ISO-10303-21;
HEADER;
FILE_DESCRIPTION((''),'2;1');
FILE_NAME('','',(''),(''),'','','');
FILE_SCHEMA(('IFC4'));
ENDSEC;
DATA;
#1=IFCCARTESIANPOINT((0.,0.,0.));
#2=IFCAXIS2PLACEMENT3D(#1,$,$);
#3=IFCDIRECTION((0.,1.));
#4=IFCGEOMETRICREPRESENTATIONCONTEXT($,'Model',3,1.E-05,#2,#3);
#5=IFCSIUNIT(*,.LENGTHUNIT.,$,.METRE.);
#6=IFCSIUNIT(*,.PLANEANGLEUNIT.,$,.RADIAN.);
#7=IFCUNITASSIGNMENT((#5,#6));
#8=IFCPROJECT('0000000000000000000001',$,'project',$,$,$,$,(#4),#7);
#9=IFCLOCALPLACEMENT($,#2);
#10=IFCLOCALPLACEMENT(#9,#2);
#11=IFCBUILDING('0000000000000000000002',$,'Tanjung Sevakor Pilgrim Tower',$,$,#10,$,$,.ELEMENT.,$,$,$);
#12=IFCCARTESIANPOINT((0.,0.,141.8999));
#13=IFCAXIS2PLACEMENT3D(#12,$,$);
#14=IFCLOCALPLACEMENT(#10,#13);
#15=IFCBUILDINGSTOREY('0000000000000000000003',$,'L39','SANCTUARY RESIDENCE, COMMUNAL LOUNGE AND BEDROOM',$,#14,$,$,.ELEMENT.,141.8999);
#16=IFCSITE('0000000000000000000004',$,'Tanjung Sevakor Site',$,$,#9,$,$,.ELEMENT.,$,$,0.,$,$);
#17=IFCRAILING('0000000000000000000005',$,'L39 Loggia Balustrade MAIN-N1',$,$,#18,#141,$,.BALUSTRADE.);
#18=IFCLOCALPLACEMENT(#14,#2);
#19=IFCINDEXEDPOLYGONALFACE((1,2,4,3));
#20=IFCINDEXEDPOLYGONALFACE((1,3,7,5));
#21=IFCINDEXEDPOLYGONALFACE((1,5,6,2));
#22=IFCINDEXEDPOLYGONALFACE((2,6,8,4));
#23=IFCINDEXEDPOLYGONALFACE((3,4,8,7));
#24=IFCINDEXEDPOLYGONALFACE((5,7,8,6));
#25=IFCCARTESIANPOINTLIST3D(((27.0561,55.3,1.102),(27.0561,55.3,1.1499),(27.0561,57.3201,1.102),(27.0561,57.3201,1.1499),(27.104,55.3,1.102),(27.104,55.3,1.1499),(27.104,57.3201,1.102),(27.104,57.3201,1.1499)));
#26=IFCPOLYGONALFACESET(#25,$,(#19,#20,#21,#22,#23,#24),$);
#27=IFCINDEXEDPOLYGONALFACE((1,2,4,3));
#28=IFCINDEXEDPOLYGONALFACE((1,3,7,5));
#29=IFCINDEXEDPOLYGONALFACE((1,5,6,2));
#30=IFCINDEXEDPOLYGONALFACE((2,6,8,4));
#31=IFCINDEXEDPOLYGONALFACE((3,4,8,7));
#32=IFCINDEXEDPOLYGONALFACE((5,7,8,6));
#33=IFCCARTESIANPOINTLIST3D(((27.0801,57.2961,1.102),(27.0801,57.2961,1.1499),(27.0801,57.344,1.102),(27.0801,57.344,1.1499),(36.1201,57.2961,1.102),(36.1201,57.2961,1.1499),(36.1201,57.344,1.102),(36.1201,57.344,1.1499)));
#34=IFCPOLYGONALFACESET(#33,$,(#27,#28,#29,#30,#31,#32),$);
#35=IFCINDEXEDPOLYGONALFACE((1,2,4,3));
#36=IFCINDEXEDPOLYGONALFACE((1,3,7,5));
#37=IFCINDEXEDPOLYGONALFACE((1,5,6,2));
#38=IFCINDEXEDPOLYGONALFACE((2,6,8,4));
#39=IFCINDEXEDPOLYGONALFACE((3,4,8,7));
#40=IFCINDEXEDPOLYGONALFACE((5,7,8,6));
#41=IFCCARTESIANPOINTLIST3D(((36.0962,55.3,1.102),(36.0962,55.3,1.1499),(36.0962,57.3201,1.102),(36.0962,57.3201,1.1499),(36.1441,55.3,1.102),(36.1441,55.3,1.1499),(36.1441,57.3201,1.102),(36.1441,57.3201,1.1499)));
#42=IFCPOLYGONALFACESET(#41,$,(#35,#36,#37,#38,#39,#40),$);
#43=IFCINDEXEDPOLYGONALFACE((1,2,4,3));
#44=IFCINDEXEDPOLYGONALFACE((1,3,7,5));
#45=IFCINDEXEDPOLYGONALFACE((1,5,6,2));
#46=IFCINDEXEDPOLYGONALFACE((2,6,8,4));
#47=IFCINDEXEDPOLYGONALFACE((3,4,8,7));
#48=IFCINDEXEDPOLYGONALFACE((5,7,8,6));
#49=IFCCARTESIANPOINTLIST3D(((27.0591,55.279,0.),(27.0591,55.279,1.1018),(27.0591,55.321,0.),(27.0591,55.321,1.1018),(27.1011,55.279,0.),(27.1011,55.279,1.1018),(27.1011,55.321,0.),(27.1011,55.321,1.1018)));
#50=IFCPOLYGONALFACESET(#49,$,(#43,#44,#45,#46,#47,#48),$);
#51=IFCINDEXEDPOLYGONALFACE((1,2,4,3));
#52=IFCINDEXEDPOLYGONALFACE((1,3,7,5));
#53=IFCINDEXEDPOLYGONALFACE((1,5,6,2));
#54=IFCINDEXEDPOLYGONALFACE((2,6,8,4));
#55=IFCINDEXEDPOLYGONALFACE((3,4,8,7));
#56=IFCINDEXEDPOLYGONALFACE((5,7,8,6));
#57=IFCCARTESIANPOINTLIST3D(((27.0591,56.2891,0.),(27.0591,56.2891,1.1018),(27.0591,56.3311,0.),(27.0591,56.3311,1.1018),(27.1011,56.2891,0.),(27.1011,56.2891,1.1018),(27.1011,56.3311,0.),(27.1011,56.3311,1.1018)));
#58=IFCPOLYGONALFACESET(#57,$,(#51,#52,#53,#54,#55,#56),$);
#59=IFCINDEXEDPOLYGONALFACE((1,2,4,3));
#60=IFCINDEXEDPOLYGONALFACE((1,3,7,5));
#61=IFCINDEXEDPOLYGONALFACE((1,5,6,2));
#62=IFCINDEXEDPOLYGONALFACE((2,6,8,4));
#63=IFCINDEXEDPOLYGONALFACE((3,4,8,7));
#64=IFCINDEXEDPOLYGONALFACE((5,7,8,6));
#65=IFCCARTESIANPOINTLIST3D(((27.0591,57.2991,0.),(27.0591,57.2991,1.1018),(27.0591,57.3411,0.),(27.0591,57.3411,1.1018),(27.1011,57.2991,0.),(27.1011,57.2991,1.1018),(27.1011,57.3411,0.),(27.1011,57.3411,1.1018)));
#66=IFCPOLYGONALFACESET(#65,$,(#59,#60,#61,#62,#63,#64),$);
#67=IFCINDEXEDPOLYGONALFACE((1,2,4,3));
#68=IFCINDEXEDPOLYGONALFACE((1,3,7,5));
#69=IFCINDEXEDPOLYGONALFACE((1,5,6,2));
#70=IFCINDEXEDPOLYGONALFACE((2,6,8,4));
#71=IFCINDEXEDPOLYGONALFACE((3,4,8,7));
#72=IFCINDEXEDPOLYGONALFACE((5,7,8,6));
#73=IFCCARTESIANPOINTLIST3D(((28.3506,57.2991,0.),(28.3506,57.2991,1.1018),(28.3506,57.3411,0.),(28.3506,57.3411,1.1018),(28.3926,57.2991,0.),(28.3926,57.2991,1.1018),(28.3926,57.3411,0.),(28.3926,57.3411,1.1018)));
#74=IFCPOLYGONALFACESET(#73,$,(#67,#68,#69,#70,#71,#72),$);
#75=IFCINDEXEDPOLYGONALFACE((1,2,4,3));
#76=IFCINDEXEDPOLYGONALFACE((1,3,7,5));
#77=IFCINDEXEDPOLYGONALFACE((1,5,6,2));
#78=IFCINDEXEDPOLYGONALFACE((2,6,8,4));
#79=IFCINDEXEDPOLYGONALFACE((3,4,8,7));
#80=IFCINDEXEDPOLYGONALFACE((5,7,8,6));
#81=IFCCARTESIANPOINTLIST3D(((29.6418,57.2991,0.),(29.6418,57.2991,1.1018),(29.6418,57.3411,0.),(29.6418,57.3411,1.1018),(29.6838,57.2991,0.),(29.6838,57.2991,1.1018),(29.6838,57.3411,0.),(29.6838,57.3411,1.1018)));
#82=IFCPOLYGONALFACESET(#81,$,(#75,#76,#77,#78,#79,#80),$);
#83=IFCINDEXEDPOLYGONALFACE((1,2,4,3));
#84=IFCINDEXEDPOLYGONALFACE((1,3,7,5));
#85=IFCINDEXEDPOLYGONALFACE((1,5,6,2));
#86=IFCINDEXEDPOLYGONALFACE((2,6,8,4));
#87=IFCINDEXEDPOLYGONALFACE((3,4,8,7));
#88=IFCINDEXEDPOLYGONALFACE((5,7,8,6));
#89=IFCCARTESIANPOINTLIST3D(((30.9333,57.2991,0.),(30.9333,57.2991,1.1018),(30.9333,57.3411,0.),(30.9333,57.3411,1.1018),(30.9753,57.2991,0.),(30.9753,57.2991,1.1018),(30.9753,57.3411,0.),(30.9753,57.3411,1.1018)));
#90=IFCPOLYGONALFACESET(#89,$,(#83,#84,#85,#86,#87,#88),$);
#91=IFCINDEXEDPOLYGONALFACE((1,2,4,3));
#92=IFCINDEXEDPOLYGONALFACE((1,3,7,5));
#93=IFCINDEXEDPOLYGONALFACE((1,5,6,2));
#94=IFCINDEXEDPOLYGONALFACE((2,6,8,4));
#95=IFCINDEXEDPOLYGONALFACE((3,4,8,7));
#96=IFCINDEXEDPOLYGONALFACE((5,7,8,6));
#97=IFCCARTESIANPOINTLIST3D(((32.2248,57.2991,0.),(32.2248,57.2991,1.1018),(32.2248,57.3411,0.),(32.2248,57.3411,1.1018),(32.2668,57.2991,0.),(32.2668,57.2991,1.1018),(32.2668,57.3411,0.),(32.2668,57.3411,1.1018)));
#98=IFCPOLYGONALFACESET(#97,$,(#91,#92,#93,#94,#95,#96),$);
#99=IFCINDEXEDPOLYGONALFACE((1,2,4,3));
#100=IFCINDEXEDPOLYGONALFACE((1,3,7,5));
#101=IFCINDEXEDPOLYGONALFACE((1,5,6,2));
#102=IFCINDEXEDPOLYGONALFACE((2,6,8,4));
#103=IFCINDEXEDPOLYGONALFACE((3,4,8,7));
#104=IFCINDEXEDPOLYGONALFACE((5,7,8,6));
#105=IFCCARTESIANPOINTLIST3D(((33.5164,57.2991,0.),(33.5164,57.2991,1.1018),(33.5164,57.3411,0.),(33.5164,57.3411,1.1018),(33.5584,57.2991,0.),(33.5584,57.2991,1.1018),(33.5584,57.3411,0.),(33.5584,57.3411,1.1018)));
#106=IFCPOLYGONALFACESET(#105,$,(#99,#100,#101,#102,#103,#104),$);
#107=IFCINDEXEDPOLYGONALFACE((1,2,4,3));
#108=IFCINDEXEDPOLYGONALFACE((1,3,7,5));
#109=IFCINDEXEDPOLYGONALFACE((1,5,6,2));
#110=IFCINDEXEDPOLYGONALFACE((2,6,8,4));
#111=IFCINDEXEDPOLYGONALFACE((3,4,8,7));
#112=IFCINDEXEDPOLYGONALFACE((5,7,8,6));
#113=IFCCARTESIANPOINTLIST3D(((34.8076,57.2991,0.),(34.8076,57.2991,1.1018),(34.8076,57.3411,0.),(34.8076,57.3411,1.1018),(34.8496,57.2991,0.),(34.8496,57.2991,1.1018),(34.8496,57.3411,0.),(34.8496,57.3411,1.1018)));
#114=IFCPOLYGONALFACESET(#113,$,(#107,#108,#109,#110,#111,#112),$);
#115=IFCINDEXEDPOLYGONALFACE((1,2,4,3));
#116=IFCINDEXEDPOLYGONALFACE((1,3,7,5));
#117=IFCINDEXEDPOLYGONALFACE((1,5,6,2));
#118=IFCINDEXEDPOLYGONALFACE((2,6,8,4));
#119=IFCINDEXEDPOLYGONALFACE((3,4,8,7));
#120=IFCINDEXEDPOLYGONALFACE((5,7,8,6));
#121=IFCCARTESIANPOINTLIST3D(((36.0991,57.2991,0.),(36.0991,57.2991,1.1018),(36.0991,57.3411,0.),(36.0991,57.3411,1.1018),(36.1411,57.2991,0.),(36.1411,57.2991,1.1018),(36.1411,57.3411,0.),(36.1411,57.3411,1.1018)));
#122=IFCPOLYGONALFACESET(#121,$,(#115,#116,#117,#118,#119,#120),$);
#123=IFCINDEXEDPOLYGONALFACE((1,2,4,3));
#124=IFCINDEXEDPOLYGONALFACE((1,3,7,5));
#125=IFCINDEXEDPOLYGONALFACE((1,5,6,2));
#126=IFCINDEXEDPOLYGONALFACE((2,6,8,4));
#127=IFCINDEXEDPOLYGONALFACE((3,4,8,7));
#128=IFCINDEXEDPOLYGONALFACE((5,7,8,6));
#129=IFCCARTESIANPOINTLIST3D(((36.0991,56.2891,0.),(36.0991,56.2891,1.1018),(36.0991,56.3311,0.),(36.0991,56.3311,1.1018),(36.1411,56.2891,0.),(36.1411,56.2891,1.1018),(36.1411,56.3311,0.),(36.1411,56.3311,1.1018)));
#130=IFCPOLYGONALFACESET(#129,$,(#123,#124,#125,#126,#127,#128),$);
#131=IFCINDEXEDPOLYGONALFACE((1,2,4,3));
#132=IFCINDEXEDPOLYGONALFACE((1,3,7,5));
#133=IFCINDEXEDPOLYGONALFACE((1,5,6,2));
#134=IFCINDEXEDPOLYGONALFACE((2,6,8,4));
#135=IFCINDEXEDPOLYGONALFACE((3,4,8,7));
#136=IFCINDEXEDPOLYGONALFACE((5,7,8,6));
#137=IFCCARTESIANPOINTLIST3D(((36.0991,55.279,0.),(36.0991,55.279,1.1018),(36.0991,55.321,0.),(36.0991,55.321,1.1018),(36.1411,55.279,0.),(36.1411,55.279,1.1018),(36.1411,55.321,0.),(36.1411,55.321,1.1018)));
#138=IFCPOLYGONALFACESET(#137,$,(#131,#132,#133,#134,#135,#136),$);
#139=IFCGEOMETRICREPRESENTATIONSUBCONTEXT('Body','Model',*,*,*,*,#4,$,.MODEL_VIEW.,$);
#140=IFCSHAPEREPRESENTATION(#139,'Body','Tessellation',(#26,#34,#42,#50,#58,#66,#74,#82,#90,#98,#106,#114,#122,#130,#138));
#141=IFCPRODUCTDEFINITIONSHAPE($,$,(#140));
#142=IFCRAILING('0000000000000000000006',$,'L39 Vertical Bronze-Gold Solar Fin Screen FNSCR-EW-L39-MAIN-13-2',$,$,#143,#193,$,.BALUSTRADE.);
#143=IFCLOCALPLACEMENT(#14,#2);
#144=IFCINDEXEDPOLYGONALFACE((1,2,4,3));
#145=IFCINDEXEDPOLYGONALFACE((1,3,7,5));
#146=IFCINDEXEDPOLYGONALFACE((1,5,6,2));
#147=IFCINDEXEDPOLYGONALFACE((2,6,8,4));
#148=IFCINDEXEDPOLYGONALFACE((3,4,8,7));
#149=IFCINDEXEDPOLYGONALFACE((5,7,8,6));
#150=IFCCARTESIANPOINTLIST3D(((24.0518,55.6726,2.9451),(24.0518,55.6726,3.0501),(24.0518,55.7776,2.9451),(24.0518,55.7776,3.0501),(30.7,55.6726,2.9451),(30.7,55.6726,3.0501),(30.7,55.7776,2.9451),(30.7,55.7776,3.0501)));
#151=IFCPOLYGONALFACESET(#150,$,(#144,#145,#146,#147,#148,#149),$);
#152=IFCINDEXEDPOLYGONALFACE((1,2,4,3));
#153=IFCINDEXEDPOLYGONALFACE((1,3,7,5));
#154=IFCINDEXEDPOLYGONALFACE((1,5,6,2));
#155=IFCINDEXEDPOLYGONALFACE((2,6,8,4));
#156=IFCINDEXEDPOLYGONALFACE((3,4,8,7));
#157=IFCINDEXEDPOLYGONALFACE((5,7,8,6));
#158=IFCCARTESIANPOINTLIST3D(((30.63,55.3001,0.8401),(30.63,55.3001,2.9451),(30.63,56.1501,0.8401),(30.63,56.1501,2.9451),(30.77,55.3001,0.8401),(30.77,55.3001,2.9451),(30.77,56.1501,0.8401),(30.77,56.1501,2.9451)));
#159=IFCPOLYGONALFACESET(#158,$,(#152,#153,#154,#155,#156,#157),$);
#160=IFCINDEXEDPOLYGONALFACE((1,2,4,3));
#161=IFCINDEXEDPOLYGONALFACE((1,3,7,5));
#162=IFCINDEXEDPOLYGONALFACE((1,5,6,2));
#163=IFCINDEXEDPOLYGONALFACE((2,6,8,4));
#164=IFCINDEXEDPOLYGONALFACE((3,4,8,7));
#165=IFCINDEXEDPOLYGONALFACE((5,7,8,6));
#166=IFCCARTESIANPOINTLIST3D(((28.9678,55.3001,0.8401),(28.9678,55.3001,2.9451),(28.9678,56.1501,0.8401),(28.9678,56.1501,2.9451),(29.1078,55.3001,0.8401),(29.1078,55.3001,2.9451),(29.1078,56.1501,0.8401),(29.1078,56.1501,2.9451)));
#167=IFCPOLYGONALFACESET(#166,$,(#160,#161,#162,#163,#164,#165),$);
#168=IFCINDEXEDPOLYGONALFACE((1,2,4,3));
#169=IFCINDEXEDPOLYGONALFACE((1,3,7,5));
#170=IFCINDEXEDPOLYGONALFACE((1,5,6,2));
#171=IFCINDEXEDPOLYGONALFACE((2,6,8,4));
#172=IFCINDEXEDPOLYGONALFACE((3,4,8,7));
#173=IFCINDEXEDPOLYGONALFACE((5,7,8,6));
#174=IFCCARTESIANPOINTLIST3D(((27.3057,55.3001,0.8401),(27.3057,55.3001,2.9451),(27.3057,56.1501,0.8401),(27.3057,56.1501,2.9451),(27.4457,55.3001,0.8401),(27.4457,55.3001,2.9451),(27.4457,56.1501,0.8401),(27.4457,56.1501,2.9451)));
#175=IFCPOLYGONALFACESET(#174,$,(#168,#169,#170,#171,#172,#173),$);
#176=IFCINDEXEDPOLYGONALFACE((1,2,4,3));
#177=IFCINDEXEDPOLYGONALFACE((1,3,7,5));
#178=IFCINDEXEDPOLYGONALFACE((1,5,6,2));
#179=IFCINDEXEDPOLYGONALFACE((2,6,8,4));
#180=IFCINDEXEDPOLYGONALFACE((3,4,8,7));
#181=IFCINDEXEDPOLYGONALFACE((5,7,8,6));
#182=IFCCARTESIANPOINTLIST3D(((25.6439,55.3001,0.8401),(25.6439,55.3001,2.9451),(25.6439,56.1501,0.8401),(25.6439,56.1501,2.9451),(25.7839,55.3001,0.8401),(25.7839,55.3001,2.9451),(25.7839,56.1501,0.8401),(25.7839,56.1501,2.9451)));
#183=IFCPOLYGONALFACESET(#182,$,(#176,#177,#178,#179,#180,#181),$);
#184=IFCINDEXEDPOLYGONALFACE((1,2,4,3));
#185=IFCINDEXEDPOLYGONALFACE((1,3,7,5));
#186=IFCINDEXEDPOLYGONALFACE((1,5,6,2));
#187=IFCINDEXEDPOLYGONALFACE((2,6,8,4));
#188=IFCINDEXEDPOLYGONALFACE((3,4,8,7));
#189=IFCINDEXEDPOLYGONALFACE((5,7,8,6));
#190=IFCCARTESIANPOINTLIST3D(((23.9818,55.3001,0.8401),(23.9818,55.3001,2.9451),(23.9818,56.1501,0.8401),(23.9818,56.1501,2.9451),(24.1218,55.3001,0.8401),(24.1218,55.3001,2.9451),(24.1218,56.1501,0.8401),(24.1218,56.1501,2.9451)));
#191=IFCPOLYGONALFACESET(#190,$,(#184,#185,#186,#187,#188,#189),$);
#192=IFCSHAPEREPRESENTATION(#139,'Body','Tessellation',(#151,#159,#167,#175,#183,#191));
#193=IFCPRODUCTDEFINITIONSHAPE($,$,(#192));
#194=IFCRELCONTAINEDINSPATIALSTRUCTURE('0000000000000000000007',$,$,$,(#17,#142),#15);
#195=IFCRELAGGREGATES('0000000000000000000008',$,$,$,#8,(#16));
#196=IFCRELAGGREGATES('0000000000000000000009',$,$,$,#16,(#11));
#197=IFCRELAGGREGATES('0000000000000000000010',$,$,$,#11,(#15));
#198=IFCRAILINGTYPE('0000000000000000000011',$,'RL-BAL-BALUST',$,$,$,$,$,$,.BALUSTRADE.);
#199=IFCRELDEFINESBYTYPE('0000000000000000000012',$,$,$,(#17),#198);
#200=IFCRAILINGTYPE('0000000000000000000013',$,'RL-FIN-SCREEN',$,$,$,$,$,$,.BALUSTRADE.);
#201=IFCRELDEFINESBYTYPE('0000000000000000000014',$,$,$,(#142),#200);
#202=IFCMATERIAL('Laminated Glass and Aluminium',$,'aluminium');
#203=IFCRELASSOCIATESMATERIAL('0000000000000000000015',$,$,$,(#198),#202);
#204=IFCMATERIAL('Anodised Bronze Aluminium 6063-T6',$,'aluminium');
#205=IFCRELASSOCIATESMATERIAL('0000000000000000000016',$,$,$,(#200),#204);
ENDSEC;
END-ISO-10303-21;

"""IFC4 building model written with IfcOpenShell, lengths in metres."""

from ifc_helpers import new_model, si_unit, direction, frame, origin, place, context, subcontext, project, spatial, rectangle, extrude, material, type_object, element, save


model = new_model("IFC4")

# Units and contexts
model_context = context("Model", 3, precision=1e-05, world=origin(), true_north=direction((0.0, 1.0)))
body_context = subcontext(model_context, "Body", "Model", "MODEL_VIEW")
ifc_project = project(units=[si_unit("LENGTHUNIT", "METRE"), si_unit("PLANEANGLEUNIT", "RADIAN")], contexts=[model_context])

# Site, building, storey
site_placement = place(None, origin())
site = spatial("IfcSite", under=ifc_project, at=site_placement, Name="Tanjung Sevakor Site", CompositionType="ELEMENT", RefElevation=0.0)
building_placement = place(site_placement, origin())
building = spatial("IfcBuilding", under=site, at=building_placement, Name="Tanjung Sevakor Pilgrim Tower", CompositionType="ELEMENT")
storey_placement = place(building_placement, frame((0.0, 0.0, 141.8999)))
storey = spatial("IfcBuildingStorey", under=building, at=storey_placement, Name="L39", Description="SANCTUARY RESIDENCE, COMMUNAL LOUNGE AND BEDROOM", CompositionType="ELEMENT", Elevation=141.8999)

# Railings
ifc_material_1 = material(Name="Laminated Glass and Aluminium", Category="aluminium")
railing_type_1 = type_object("IfcRailingType", Name="RL-BAL-BALUST", PredefinedType="BALUSTRADE", material=ifc_material_1)
railing_1_placement = place(storey_placement, frame((27.0801, 55.3, 0.0)))
element("IfcRailing", 1, at=railing_1_placement, inside=storey, type_object=railing_type_1, Name="L39 Loggia Balustrade MAIN-N1", PredefinedType="BALUSTRADE", context=body_context, shape_type="SweptSolid", body=[
    extrude(rectangle(XDim=0.0479, YDim=0.0479), frame((0.0, 0.0, 1.126), z_axis=(0.0, 1.0, 0.0), x_axis=(-1.0, 0.0, 0.0)), (0.0, 0.0, 1.0), 2.02),
    extrude(rectangle(XDim=0.0479, YDim=0.0479), frame((0.0, 2.02, 1.126), z_axis=(1.0, 0.0, 0.0), x_axis=(0.0, 1.0, 0.0)), (0.0, 0.0, 1.0), 9.04),
    extrude(rectangle(XDim=0.0479, YDim=0.0479), frame((9.04, 2.02, 1.126), z_axis=(0.0, -1.0, 0.0), x_axis=(1.0, 0.0, 0.0)), (0.0, 0.0, 1.0), 2.02),
    extrude(rectangle(XDim=0.042, YDim=0.042), origin(), (0.0, 0.0, 1.0), 1.1018),
    extrude(rectangle(XDim=0.042, YDim=0.042), frame((0.0, 1.01, 0.0)), (0.0, 0.0, 1.0), 1.1018),
    extrude(rectangle(XDim=0.042, YDim=0.042), frame((0.0, 2.02, 0.0)), (0.0, 0.0, 1.0), 1.1018),
    extrude(rectangle(XDim=0.042, YDim=0.042), frame((1.2915, 2.02, 0.0)), (0.0, 0.0, 1.0), 1.1018),
    extrude(rectangle(XDim=0.042, YDim=0.042), frame((2.5828, 2.02, 0.0)), (0.0, 0.0, 1.0), 1.1018),
    extrude(rectangle(XDim=0.042, YDim=0.042), frame((3.8743, 2.02, 0.0)), (0.0, 0.0, 1.0), 1.1018),
    extrude(rectangle(XDim=0.042, YDim=0.042), frame((5.1658, 2.02, 0.0)), (0.0, 0.0, 1.0), 1.1018),
    extrude(rectangle(XDim=0.042, YDim=0.042), frame((6.4573, 2.02, 0.0)), (0.0, 0.0, 1.0), 1.1018),
    extrude(rectangle(XDim=0.042, YDim=0.042), frame((7.7485, 2.02, 0.0)), (0.0, 0.0, 1.0), 1.1018),
    extrude(rectangle(XDim=0.042, YDim=0.042), frame((9.04, 2.02, 0.0)), (0.0, 0.0, 1.0), 1.1018),
    extrude(rectangle(XDim=0.042, YDim=0.042), frame((9.04, 1.01, 0.0)), (0.0, 0.0, 1.0), 1.1018),
    extrude(rectangle(XDim=0.042, YDim=0.042), frame((9.04, 0.0, 0.0)), (0.0, 0.0, 1.0), 1.1018),
])
ifc_material_2 = material(Name="Anodised Bronze Aluminium 6063-T6", Category="aluminium")
railing_type_2 = type_object("IfcRailingType", Name="RL-FIN-SCREEN", PredefinedType="BALUSTRADE", material=ifc_material_2)
railing_2_placement = place(storey_placement, frame((30.7, 55.7251, 0.8401)))
element("IfcRailing", 2, at=railing_2_placement, inside=storey, type_object=railing_type_2, Name="L39 Vertical Bronze-Gold Solar Fin Screen FNSCR-EW-L39-MAIN-13-2", PredefinedType="BALUSTRADE", context=body_context, shape_type="SweptSolid", body=[
    extrude(rectangle(XDim=0.105, YDim=0.105), frame((0.0, 0.0, 2.1575), z_axis=(-1.0, 0.0, 0.0), x_axis=(0.0, -1.0, 0.0)), (0.0, 0.0, 1.0), 6.6482),
    extrude(rectangle(XDim=0.14, YDim=0.85), origin(), (0.0, 0.0, 1.0), 2.105),
    extrude(rectangle(XDim=0.14, YDim=0.85), frame((-1.6621, 0.0, 0.0)), (0.0, 0.0, 1.0), 2.105),
    extrude(rectangle(XDim=0.14, YDim=0.85), frame((-3.3242, 0.0, 0.0)), (0.0, 0.0, 1.0), 2.105),
    extrude(rectangle(XDim=0.14, YDim=0.85), frame((-4.9861, 0.0, 0.0)), (0.0, 0.0, 1.0), 2.105),
    extrude(rectangle(XDim=0.14, YDim=0.85), frame((-6.6482, 0.0, 0.0)), (0.0, 0.0, 1.0), 2.105),
])

save(model, "model.ifc")
